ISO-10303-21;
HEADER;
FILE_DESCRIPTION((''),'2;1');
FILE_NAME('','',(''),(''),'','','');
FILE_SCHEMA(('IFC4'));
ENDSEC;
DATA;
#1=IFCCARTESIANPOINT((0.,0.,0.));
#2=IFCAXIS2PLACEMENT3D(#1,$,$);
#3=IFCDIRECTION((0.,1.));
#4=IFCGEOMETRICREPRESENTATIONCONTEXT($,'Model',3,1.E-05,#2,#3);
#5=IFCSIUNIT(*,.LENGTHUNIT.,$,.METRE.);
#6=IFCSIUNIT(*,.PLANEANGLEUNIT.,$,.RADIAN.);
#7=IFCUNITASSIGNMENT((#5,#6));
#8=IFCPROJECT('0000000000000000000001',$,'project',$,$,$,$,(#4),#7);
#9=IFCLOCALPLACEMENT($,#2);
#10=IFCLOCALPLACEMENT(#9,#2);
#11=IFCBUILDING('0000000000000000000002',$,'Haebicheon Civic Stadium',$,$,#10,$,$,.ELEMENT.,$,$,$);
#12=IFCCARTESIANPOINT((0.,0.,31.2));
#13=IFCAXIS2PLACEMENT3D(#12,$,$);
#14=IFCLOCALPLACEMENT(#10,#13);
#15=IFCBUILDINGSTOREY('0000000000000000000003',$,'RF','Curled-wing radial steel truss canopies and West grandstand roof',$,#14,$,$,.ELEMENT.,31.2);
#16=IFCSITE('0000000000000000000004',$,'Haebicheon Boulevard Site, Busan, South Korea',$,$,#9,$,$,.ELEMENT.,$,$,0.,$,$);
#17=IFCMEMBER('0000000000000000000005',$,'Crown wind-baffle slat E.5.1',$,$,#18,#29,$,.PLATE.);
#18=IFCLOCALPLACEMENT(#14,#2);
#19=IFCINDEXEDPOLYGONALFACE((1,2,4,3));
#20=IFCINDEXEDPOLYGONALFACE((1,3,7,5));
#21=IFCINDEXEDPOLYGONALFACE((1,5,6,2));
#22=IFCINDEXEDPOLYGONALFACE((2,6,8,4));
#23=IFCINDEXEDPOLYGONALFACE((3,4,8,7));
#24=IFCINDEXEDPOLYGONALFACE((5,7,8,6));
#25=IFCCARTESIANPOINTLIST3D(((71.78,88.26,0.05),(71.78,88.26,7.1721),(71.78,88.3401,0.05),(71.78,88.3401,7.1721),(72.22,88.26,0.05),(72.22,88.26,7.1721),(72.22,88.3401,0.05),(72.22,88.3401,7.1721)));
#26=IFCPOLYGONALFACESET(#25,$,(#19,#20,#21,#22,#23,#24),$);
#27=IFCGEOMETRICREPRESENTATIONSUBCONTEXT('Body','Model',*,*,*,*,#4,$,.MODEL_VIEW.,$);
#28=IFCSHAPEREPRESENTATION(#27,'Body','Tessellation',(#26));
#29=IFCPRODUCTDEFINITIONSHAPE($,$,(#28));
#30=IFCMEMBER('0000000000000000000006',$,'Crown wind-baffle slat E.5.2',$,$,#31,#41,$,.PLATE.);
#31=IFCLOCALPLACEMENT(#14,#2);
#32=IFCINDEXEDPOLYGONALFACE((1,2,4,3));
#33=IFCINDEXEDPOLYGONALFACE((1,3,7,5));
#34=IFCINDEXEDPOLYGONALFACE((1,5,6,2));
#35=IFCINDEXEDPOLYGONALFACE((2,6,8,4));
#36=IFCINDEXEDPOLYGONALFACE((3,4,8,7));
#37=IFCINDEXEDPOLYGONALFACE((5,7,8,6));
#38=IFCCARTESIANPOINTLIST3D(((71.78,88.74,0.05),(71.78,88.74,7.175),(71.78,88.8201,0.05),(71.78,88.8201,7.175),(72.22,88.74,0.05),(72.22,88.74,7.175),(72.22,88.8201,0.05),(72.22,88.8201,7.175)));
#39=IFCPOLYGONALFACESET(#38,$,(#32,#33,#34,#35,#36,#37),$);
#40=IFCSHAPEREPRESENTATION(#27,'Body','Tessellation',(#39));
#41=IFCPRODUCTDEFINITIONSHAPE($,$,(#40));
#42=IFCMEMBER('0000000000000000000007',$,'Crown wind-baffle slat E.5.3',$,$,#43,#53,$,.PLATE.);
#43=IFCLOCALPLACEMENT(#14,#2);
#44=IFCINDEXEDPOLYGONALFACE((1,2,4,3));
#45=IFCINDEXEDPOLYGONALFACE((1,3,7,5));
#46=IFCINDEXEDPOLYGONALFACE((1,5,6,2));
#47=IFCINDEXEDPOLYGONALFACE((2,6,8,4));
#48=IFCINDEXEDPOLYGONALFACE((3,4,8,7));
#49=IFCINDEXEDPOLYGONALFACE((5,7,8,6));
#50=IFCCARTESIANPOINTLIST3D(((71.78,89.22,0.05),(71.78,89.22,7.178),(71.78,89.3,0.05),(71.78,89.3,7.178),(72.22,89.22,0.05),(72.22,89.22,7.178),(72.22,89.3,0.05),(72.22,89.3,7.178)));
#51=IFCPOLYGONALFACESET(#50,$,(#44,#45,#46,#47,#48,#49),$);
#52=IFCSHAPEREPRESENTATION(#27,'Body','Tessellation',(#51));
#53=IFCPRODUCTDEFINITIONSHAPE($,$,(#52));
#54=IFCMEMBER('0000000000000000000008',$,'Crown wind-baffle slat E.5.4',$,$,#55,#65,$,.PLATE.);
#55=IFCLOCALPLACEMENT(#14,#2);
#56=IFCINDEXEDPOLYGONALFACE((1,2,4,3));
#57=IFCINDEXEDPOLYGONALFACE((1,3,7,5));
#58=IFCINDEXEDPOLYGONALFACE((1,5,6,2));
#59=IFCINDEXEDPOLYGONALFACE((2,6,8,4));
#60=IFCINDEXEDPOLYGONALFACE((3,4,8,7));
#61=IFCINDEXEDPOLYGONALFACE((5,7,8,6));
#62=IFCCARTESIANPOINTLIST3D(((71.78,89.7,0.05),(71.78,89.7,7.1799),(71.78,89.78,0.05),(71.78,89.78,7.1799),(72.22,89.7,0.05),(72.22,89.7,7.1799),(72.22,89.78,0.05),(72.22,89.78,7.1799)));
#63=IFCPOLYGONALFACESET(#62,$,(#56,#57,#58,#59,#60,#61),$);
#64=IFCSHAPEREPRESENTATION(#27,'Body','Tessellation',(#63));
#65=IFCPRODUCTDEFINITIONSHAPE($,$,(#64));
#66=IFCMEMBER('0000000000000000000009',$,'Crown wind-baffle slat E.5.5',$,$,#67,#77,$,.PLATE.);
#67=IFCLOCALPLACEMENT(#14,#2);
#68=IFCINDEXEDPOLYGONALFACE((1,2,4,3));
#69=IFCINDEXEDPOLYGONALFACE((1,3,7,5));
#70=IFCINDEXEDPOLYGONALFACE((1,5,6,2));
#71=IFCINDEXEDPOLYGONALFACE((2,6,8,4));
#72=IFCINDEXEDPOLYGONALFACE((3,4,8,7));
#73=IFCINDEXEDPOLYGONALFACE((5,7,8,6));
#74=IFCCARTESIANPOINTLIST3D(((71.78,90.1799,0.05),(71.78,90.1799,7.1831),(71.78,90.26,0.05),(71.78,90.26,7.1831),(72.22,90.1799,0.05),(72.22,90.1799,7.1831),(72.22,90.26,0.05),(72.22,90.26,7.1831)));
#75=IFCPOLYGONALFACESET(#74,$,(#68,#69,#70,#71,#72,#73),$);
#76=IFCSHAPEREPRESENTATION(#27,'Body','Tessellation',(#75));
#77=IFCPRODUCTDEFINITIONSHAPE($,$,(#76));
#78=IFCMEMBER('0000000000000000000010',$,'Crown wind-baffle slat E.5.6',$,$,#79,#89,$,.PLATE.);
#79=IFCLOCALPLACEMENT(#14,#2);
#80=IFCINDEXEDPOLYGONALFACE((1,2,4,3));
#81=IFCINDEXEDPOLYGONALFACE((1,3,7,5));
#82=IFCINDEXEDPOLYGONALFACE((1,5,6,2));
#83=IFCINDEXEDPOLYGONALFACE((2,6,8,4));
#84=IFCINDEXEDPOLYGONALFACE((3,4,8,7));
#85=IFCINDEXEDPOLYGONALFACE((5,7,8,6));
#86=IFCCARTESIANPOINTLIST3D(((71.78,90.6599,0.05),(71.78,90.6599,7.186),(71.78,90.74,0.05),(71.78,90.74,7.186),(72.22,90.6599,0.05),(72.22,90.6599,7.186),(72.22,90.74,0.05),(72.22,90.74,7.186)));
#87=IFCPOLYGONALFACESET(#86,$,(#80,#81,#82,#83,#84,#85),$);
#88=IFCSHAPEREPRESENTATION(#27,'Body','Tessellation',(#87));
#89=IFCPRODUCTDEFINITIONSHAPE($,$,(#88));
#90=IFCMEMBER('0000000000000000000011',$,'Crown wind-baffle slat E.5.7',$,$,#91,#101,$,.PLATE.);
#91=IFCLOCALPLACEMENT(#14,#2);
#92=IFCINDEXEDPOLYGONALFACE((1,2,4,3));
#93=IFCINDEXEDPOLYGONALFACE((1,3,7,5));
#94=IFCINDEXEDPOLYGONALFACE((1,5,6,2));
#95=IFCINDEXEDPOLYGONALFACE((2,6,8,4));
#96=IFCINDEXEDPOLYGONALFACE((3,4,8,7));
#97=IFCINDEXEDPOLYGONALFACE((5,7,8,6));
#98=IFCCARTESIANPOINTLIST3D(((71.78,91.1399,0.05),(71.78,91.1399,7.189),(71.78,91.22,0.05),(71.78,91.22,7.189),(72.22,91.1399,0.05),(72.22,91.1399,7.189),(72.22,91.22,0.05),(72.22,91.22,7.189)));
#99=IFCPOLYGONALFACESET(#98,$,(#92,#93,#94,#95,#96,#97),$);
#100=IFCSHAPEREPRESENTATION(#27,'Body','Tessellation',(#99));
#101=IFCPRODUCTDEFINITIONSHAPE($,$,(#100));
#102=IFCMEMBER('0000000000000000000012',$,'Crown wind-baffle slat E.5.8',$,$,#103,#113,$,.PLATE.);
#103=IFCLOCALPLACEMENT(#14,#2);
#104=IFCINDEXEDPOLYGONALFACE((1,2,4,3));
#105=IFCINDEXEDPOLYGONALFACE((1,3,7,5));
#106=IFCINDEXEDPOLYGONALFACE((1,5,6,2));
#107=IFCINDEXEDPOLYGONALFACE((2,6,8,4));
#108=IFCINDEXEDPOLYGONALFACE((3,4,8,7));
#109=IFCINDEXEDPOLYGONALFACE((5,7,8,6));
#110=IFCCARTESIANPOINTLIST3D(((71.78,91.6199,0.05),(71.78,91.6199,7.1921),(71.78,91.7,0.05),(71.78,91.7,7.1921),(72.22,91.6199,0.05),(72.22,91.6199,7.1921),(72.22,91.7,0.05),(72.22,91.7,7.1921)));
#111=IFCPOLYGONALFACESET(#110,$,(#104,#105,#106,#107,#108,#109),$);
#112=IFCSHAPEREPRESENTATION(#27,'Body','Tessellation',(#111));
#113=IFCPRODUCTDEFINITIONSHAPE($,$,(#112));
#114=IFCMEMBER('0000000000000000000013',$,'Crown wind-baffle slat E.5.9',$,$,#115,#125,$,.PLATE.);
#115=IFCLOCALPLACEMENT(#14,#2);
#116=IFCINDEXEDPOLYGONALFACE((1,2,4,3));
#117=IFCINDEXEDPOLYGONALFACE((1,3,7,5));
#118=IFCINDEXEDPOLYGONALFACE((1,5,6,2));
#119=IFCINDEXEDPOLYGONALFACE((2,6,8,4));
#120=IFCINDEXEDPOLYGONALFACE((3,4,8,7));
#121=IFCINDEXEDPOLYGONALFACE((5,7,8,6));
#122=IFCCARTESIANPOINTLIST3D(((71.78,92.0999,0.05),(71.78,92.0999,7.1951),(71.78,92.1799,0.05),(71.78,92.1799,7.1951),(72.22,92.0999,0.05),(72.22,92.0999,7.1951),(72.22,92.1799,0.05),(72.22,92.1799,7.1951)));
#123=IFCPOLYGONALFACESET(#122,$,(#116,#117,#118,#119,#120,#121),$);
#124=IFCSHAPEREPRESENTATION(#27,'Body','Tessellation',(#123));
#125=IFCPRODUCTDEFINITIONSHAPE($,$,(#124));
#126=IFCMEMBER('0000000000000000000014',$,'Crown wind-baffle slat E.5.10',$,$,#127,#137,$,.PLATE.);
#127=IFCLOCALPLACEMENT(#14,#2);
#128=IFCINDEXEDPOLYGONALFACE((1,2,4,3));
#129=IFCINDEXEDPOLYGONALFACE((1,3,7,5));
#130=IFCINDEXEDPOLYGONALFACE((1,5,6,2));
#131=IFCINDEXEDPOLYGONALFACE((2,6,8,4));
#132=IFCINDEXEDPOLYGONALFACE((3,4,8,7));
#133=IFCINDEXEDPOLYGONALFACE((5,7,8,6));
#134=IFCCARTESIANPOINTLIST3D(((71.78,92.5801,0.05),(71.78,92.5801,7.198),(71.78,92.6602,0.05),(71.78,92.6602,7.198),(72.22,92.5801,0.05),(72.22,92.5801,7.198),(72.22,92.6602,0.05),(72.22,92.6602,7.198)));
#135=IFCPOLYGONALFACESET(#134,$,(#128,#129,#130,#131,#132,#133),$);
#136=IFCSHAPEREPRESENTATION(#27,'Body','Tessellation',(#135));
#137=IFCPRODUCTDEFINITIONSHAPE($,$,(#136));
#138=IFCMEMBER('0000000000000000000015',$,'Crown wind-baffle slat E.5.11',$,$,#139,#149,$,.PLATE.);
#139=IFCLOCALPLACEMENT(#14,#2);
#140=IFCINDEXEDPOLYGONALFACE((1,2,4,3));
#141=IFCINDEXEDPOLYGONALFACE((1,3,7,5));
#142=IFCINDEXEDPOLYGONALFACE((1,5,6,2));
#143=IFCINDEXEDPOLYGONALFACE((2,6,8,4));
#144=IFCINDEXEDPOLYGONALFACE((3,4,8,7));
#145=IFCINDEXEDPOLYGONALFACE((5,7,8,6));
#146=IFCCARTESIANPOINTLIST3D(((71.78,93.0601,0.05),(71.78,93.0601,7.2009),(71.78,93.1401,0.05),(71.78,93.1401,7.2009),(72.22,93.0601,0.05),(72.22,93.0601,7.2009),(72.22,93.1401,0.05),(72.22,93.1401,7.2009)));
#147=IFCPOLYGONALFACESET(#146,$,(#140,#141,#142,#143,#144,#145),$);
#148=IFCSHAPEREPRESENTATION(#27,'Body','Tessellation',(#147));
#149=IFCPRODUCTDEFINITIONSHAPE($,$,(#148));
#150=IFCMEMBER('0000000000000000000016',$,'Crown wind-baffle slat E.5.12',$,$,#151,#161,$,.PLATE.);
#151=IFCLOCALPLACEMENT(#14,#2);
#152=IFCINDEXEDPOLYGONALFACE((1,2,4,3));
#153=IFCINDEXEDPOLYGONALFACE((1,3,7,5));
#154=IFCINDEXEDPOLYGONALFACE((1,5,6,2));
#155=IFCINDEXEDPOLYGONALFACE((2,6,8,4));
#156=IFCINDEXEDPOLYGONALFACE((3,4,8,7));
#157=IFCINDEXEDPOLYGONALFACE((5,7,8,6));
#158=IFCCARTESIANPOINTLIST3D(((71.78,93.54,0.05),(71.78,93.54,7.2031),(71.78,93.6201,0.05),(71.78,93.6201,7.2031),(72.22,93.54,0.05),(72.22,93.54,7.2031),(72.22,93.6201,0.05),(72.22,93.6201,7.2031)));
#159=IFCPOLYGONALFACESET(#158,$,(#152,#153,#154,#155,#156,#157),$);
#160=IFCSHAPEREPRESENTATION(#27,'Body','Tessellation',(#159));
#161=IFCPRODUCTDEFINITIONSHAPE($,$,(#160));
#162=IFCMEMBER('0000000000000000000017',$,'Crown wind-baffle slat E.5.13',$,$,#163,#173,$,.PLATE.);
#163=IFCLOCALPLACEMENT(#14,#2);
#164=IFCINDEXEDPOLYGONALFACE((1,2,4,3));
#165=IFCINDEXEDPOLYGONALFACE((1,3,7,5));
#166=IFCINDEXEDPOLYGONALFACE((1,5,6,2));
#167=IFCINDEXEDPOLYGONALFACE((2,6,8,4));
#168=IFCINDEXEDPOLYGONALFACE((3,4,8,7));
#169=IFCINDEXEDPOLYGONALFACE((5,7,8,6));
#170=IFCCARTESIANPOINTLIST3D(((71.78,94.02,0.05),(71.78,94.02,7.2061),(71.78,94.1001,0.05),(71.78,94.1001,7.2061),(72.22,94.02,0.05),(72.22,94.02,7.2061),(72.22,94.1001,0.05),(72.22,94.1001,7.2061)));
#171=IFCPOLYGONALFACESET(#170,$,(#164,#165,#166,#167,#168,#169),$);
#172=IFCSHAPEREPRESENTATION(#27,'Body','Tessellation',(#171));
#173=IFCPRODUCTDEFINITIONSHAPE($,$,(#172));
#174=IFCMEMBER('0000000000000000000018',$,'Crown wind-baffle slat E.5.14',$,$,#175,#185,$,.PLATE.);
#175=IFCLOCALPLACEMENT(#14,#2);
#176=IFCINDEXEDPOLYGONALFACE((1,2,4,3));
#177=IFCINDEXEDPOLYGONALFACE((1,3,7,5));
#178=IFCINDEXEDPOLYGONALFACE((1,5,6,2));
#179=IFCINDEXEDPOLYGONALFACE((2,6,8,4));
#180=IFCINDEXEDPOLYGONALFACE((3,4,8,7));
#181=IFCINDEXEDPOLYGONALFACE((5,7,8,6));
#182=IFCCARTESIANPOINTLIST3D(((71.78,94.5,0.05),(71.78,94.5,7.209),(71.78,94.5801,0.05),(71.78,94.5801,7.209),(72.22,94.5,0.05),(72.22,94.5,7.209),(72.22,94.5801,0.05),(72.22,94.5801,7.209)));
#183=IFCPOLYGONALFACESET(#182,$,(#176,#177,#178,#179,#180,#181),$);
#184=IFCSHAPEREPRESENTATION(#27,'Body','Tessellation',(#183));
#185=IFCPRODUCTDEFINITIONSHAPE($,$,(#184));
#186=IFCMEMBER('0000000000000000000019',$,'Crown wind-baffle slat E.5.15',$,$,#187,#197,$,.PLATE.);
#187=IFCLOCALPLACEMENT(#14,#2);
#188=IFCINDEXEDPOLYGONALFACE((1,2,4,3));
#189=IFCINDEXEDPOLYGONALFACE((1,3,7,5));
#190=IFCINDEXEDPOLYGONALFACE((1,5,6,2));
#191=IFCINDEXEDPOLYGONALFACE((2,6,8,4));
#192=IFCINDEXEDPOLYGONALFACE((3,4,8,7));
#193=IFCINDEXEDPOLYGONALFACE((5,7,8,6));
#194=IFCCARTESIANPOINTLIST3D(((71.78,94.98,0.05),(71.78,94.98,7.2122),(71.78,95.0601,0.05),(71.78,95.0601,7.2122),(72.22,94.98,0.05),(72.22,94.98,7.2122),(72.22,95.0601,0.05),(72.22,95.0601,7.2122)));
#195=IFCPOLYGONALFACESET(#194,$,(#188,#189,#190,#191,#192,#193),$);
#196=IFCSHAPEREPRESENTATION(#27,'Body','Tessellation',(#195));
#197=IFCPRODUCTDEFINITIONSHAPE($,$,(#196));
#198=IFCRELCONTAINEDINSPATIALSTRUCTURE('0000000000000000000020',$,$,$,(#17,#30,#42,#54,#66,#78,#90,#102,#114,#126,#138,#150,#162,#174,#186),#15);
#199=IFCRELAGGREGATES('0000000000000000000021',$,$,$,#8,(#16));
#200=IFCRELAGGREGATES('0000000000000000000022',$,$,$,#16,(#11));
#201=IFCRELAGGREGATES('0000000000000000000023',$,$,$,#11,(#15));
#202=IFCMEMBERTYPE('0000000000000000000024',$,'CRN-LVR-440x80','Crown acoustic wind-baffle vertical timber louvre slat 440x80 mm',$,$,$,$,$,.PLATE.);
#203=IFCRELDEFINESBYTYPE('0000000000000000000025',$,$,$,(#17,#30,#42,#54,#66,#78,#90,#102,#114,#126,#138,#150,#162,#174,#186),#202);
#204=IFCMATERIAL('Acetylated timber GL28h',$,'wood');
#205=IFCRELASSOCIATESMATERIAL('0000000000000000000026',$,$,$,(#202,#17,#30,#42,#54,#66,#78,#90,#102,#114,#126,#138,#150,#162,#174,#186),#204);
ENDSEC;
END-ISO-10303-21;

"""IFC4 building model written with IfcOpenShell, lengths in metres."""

from ifc_helpers import new_model, si_unit, direction, frame, origin, origin_2d, place, context, subcontext, project, spatial, rectangle, extrude, material, material_profile, profile_set, type_object, element, save


model = new_model("IFC4")

# Units and contexts
model_context = context("Model", 3, precision=1e-05, world=origin(), true_north=direction((0.0, 1.0)))
body_context = subcontext(model_context, "Body", "Model", "MODEL_VIEW")
ifc_project = project(units=[si_unit("LENGTHUNIT", "METRE"), si_unit("PLANEANGLEUNIT", "RADIAN")], contexts=[model_context])

# Site, building, storey
site_placement = place(None, origin())
site = spatial("IfcSite", under=ifc_project, at=site_placement, Name="Haebicheon Boulevard Site, Busan, South Korea", CompositionType="ELEMENT", RefElevation=0.0)
building_placement = place(site_placement, origin())
building = spatial("IfcBuilding", under=site, at=building_placement, Name="Haebicheon Civic Stadium", CompositionType="ELEMENT")
storey_placement = place(building_placement, frame((0.0, 0.0, 31.2)))
storey = spatial("IfcBuildingStorey", under=building, at=storey_placement, Name="RF", Description="Curled-wing radial steel truss canopies and West grandstand roof", CompositionType="ELEMENT", Elevation=31.2)

# Members
ifc_material_1 = material(Name="Acetylated timber GL28h", Category="wood")
ifc_material_profile_1 = material_profile(ifc_material_1, rectangle(XDim=0.0801, YDim=0.4399, at=origin_2d()), Name="TMB-LOUV-80x440")
ifc_profile_set_1 = profile_set([ifc_material_profile_1], Name="Acetylated timber GL28h")
member_type_1 = type_object("IfcMemberType", Name="CRN-LVR-440x80", Description="Crown acoustic wind-baffle vertical timber louvre slat 440x80 mm", PredefinedType="PLATE", material=ifc_profile_set_1)
member_1_placement = place(storey_placement, frame((72.0, 88.3, 0.05), z_axis=(0.0, 0.0, 1.0), x_axis=(0.0, 1.0, 0.0)))
element("IfcMember", 1, at=member_1_placement, inside=storey, type_object=member_type_1, material=ifc_profile_set_1, Name="Crown wind-baffle slat E.5.1", PredefinedType="PLATE", context=body_context, shape_type="SweptSolid", body=[
    extrude(rectangle(XDim=0.0801, YDim=0.4399, at=origin_2d()), origin(), (0.0, 0.0, 1.0), 7.1221),
])
member_2_placement = place(storey_placement, frame((72.0, 88.78, 0.05), z_axis=(0.0, 0.0, 1.0), x_axis=(0.0, 1.0, 0.0)))
element("IfcMember", 2, at=member_2_placement, inside=storey, type_object=member_type_1, material=ifc_profile_set_1, Name="Crown wind-baffle slat E.5.2", PredefinedType="PLATE", context=body_context, shape_type="SweptSolid", body=[
    extrude(rectangle(XDim=0.0801, YDim=0.4399, at=origin_2d()), origin(), (0.0, 0.0, 1.0), 7.125),
])
member_3_placement = place(storey_placement, frame((72.0, 89.26, 0.05), z_axis=(0.0, 0.0, 1.0), x_axis=(0.0, 1.0, 0.0)))
element("IfcMember", 3, at=member_3_placement, inside=storey, type_object=member_type_1, material=ifc_profile_set_1, Name="Crown wind-baffle slat E.5.3", PredefinedType="PLATE", context=body_context, shape_type="SweptSolid", body=[
    extrude(rectangle(XDim=0.0801, YDim=0.4399, at=origin_2d()), origin(), (0.0, 0.0, 1.0), 7.1279),
])
member_4_placement = place(storey_placement, frame((72.0, 89.74, 0.05), z_axis=(0.0, 0.0, 1.0), x_axis=(0.0, 1.0, 0.0)))
element("IfcMember", 4, at=member_4_placement, inside=storey, type_object=member_type_1, material=ifc_profile_set_1, Name="Crown wind-baffle slat E.5.4", PredefinedType="PLATE", context=body_context, shape_type="SweptSolid", body=[
    extrude(rectangle(XDim=0.0801, YDim=0.4399, at=origin_2d()), origin(), (0.0, 0.0, 1.0), 7.1299),
])
member_5_placement = place(storey_placement, frame((72.0, 90.22, 0.05), z_axis=(0.0, 0.0, 1.0), x_axis=(0.0, 1.0, 0.0)))
element("IfcMember", 5, at=member_5_placement, inside=storey, type_object=member_type_1, material=ifc_profile_set_1, Name="Crown wind-baffle slat E.5.5", PredefinedType="PLATE", context=body_context, shape_type="SweptSolid", body=[
    extrude(rectangle(XDim=0.0801, YDim=0.4399, at=origin_2d()), origin(), (0.0, 0.0, 1.0), 7.1331),
])
member_6_placement = place(storey_placement, frame((72.0, 90.7, 0.05), z_axis=(0.0, 0.0, 1.0), x_axis=(0.0, 1.0, 0.0)))
element("IfcMember", 6, at=member_6_placement, inside=storey, type_object=member_type_1, material=ifc_profile_set_1, Name="Crown wind-baffle slat E.5.6", PredefinedType="PLATE", context=body_context, shape_type="SweptSolid", body=[
    extrude(rectangle(XDim=0.0801, YDim=0.4399, at=origin_2d()), origin(), (0.0, 0.0, 1.0), 7.136),
])
member_7_placement = place(storey_placement, frame((72.0, 91.1799, 0.05), z_axis=(0.0, 0.0, 1.0), x_axis=(0.0, 1.0, 0.0)))
element("IfcMember", 7, at=member_7_placement, inside=storey, type_object=member_type_1, material=ifc_profile_set_1, Name="Crown wind-baffle slat E.5.7", PredefinedType="PLATE", context=body_context, shape_type="SweptSolid", body=[
    extrude(rectangle(XDim=0.0801, YDim=0.4399, at=origin_2d()), origin(), (0.0, 0.0, 1.0), 7.1389),
])
member_8_placement = place(storey_placement, frame((72.0, 91.6599, 0.05), z_axis=(0.0, 0.0, 1.0), x_axis=(0.0, 1.0, 0.0)))
element("IfcMember", 8, at=member_8_placement, inside=storey, type_object=member_type_1, material=ifc_profile_set_1, Name="Crown wind-baffle slat E.5.8", PredefinedType="PLATE", context=body_context, shape_type="SweptSolid", body=[
    extrude(rectangle(XDim=0.0801, YDim=0.4399, at=origin_2d()), origin(), (0.0, 0.0, 1.0), 7.1421),
])
member_9_placement = place(storey_placement, frame((72.0, 92.1399, 0.05), z_axis=(0.0, 0.0, 1.0), x_axis=(0.0, 1.0, 0.0)))
element("IfcMember", 9, at=member_9_placement, inside=storey, type_object=member_type_1, material=ifc_profile_set_1, Name="Crown wind-baffle slat E.5.9", PredefinedType="PLATE", context=body_context, shape_type="SweptSolid", body=[
    extrude(rectangle(XDim=0.0801, YDim=0.4399, at=origin_2d()), origin(), (0.0, 0.0, 1.0), 7.145),
])
member_10_placement = place(storey_placement, frame((72.0, 92.6201, 0.05), z_axis=(0.0, 0.0, 1.0), x_axis=(0.0, 1.0, 0.0)))
element("IfcMember", 10, at=member_10_placement, inside=storey, type_object=member_type_1, material=ifc_profile_set_1, Name="Crown wind-baffle slat E.5.10", PredefinedType="PLATE", context=body_context, shape_type="SweptSolid", body=[
    extrude(rectangle(XDim=0.0801, YDim=0.4399, at=origin_2d()), origin(), (0.0, 0.0, 1.0), 7.1479),
])
member_11_placement = place(storey_placement, frame((72.0, 93.1001, 0.05), z_axis=(0.0, 0.0, 1.0), x_axis=(0.0, 1.0, 0.0)))
element("IfcMember", 11, at=member_11_placement, inside=storey, type_object=member_type_1, material=ifc_profile_set_1, Name="Crown wind-baffle slat E.5.11", PredefinedType="PLATE", context=body_context, shape_type="SweptSolid", body=[
    extrude(rectangle(XDim=0.0801, YDim=0.4399, at=origin_2d()), origin(), (0.0, 0.0, 1.0), 7.1509),
])
member_12_placement = place(storey_placement, frame((72.0, 93.5801, 0.05), z_axis=(0.0, 0.0, 1.0), x_axis=(0.0, 1.0, 0.0)))
element("IfcMember", 12, at=member_12_placement, inside=storey, type_object=member_type_1, material=ifc_profile_set_1, Name="Crown wind-baffle slat E.5.12", PredefinedType="PLATE", context=body_context, shape_type="SweptSolid", body=[
    extrude(rectangle(XDim=0.0801, YDim=0.4399, at=origin_2d()), origin(), (0.0, 0.0, 1.0), 7.1531),
])
member_13_placement = place(storey_placement, frame((72.0, 94.0601, 0.05), z_axis=(0.0, 0.0, 1.0), x_axis=(0.0, 1.0, 0.0)))
element("IfcMember", 13, at=member_13_placement, inside=storey, type_object=member_type_1, material=ifc_profile_set_1, Name="Crown wind-baffle slat E.5.13", PredefinedType="PLATE", context=body_context, shape_type="SweptSolid", body=[
    extrude(rectangle(XDim=0.0801, YDim=0.4399, at=origin_2d()), origin(), (0.0, 0.0, 1.0), 7.156),
])
member_14_placement = place(storey_placement, frame((72.0, 94.54, 0.05), z_axis=(0.0, 0.0, 1.0), x_axis=(0.0, 1.0, 0.0)))
element("IfcMember", 14, at=member_14_placement, inside=storey, type_object=member_type_1, material=ifc_profile_set_1, Name="Crown wind-baffle slat E.5.14", PredefinedType="PLATE", context=body_context, shape_type="SweptSolid", body=[
    extrude(rectangle(XDim=0.0801, YDim=0.4399, at=origin_2d()), origin(), (0.0, 0.0, 1.0), 7.1589),
])
member_15_placement = place(storey_placement, frame((72.0, 95.02, 0.05), z_axis=(0.0, 0.0, 1.0), x_axis=(0.0, 1.0, 0.0)))
element("IfcMember", 15, at=member_15_placement, inside=storey, type_object=member_type_1, material=ifc_profile_set_1, Name="Crown wind-baffle slat E.5.15", PredefinedType="PLATE", context=body_context, shape_type="SweptSolid", body=[
    extrude(rectangle(XDim=0.0801, YDim=0.4399, at=origin_2d()), origin(), (0.0, 0.0, 1.0), 7.1621),
])

save(model, "model.ifc")
